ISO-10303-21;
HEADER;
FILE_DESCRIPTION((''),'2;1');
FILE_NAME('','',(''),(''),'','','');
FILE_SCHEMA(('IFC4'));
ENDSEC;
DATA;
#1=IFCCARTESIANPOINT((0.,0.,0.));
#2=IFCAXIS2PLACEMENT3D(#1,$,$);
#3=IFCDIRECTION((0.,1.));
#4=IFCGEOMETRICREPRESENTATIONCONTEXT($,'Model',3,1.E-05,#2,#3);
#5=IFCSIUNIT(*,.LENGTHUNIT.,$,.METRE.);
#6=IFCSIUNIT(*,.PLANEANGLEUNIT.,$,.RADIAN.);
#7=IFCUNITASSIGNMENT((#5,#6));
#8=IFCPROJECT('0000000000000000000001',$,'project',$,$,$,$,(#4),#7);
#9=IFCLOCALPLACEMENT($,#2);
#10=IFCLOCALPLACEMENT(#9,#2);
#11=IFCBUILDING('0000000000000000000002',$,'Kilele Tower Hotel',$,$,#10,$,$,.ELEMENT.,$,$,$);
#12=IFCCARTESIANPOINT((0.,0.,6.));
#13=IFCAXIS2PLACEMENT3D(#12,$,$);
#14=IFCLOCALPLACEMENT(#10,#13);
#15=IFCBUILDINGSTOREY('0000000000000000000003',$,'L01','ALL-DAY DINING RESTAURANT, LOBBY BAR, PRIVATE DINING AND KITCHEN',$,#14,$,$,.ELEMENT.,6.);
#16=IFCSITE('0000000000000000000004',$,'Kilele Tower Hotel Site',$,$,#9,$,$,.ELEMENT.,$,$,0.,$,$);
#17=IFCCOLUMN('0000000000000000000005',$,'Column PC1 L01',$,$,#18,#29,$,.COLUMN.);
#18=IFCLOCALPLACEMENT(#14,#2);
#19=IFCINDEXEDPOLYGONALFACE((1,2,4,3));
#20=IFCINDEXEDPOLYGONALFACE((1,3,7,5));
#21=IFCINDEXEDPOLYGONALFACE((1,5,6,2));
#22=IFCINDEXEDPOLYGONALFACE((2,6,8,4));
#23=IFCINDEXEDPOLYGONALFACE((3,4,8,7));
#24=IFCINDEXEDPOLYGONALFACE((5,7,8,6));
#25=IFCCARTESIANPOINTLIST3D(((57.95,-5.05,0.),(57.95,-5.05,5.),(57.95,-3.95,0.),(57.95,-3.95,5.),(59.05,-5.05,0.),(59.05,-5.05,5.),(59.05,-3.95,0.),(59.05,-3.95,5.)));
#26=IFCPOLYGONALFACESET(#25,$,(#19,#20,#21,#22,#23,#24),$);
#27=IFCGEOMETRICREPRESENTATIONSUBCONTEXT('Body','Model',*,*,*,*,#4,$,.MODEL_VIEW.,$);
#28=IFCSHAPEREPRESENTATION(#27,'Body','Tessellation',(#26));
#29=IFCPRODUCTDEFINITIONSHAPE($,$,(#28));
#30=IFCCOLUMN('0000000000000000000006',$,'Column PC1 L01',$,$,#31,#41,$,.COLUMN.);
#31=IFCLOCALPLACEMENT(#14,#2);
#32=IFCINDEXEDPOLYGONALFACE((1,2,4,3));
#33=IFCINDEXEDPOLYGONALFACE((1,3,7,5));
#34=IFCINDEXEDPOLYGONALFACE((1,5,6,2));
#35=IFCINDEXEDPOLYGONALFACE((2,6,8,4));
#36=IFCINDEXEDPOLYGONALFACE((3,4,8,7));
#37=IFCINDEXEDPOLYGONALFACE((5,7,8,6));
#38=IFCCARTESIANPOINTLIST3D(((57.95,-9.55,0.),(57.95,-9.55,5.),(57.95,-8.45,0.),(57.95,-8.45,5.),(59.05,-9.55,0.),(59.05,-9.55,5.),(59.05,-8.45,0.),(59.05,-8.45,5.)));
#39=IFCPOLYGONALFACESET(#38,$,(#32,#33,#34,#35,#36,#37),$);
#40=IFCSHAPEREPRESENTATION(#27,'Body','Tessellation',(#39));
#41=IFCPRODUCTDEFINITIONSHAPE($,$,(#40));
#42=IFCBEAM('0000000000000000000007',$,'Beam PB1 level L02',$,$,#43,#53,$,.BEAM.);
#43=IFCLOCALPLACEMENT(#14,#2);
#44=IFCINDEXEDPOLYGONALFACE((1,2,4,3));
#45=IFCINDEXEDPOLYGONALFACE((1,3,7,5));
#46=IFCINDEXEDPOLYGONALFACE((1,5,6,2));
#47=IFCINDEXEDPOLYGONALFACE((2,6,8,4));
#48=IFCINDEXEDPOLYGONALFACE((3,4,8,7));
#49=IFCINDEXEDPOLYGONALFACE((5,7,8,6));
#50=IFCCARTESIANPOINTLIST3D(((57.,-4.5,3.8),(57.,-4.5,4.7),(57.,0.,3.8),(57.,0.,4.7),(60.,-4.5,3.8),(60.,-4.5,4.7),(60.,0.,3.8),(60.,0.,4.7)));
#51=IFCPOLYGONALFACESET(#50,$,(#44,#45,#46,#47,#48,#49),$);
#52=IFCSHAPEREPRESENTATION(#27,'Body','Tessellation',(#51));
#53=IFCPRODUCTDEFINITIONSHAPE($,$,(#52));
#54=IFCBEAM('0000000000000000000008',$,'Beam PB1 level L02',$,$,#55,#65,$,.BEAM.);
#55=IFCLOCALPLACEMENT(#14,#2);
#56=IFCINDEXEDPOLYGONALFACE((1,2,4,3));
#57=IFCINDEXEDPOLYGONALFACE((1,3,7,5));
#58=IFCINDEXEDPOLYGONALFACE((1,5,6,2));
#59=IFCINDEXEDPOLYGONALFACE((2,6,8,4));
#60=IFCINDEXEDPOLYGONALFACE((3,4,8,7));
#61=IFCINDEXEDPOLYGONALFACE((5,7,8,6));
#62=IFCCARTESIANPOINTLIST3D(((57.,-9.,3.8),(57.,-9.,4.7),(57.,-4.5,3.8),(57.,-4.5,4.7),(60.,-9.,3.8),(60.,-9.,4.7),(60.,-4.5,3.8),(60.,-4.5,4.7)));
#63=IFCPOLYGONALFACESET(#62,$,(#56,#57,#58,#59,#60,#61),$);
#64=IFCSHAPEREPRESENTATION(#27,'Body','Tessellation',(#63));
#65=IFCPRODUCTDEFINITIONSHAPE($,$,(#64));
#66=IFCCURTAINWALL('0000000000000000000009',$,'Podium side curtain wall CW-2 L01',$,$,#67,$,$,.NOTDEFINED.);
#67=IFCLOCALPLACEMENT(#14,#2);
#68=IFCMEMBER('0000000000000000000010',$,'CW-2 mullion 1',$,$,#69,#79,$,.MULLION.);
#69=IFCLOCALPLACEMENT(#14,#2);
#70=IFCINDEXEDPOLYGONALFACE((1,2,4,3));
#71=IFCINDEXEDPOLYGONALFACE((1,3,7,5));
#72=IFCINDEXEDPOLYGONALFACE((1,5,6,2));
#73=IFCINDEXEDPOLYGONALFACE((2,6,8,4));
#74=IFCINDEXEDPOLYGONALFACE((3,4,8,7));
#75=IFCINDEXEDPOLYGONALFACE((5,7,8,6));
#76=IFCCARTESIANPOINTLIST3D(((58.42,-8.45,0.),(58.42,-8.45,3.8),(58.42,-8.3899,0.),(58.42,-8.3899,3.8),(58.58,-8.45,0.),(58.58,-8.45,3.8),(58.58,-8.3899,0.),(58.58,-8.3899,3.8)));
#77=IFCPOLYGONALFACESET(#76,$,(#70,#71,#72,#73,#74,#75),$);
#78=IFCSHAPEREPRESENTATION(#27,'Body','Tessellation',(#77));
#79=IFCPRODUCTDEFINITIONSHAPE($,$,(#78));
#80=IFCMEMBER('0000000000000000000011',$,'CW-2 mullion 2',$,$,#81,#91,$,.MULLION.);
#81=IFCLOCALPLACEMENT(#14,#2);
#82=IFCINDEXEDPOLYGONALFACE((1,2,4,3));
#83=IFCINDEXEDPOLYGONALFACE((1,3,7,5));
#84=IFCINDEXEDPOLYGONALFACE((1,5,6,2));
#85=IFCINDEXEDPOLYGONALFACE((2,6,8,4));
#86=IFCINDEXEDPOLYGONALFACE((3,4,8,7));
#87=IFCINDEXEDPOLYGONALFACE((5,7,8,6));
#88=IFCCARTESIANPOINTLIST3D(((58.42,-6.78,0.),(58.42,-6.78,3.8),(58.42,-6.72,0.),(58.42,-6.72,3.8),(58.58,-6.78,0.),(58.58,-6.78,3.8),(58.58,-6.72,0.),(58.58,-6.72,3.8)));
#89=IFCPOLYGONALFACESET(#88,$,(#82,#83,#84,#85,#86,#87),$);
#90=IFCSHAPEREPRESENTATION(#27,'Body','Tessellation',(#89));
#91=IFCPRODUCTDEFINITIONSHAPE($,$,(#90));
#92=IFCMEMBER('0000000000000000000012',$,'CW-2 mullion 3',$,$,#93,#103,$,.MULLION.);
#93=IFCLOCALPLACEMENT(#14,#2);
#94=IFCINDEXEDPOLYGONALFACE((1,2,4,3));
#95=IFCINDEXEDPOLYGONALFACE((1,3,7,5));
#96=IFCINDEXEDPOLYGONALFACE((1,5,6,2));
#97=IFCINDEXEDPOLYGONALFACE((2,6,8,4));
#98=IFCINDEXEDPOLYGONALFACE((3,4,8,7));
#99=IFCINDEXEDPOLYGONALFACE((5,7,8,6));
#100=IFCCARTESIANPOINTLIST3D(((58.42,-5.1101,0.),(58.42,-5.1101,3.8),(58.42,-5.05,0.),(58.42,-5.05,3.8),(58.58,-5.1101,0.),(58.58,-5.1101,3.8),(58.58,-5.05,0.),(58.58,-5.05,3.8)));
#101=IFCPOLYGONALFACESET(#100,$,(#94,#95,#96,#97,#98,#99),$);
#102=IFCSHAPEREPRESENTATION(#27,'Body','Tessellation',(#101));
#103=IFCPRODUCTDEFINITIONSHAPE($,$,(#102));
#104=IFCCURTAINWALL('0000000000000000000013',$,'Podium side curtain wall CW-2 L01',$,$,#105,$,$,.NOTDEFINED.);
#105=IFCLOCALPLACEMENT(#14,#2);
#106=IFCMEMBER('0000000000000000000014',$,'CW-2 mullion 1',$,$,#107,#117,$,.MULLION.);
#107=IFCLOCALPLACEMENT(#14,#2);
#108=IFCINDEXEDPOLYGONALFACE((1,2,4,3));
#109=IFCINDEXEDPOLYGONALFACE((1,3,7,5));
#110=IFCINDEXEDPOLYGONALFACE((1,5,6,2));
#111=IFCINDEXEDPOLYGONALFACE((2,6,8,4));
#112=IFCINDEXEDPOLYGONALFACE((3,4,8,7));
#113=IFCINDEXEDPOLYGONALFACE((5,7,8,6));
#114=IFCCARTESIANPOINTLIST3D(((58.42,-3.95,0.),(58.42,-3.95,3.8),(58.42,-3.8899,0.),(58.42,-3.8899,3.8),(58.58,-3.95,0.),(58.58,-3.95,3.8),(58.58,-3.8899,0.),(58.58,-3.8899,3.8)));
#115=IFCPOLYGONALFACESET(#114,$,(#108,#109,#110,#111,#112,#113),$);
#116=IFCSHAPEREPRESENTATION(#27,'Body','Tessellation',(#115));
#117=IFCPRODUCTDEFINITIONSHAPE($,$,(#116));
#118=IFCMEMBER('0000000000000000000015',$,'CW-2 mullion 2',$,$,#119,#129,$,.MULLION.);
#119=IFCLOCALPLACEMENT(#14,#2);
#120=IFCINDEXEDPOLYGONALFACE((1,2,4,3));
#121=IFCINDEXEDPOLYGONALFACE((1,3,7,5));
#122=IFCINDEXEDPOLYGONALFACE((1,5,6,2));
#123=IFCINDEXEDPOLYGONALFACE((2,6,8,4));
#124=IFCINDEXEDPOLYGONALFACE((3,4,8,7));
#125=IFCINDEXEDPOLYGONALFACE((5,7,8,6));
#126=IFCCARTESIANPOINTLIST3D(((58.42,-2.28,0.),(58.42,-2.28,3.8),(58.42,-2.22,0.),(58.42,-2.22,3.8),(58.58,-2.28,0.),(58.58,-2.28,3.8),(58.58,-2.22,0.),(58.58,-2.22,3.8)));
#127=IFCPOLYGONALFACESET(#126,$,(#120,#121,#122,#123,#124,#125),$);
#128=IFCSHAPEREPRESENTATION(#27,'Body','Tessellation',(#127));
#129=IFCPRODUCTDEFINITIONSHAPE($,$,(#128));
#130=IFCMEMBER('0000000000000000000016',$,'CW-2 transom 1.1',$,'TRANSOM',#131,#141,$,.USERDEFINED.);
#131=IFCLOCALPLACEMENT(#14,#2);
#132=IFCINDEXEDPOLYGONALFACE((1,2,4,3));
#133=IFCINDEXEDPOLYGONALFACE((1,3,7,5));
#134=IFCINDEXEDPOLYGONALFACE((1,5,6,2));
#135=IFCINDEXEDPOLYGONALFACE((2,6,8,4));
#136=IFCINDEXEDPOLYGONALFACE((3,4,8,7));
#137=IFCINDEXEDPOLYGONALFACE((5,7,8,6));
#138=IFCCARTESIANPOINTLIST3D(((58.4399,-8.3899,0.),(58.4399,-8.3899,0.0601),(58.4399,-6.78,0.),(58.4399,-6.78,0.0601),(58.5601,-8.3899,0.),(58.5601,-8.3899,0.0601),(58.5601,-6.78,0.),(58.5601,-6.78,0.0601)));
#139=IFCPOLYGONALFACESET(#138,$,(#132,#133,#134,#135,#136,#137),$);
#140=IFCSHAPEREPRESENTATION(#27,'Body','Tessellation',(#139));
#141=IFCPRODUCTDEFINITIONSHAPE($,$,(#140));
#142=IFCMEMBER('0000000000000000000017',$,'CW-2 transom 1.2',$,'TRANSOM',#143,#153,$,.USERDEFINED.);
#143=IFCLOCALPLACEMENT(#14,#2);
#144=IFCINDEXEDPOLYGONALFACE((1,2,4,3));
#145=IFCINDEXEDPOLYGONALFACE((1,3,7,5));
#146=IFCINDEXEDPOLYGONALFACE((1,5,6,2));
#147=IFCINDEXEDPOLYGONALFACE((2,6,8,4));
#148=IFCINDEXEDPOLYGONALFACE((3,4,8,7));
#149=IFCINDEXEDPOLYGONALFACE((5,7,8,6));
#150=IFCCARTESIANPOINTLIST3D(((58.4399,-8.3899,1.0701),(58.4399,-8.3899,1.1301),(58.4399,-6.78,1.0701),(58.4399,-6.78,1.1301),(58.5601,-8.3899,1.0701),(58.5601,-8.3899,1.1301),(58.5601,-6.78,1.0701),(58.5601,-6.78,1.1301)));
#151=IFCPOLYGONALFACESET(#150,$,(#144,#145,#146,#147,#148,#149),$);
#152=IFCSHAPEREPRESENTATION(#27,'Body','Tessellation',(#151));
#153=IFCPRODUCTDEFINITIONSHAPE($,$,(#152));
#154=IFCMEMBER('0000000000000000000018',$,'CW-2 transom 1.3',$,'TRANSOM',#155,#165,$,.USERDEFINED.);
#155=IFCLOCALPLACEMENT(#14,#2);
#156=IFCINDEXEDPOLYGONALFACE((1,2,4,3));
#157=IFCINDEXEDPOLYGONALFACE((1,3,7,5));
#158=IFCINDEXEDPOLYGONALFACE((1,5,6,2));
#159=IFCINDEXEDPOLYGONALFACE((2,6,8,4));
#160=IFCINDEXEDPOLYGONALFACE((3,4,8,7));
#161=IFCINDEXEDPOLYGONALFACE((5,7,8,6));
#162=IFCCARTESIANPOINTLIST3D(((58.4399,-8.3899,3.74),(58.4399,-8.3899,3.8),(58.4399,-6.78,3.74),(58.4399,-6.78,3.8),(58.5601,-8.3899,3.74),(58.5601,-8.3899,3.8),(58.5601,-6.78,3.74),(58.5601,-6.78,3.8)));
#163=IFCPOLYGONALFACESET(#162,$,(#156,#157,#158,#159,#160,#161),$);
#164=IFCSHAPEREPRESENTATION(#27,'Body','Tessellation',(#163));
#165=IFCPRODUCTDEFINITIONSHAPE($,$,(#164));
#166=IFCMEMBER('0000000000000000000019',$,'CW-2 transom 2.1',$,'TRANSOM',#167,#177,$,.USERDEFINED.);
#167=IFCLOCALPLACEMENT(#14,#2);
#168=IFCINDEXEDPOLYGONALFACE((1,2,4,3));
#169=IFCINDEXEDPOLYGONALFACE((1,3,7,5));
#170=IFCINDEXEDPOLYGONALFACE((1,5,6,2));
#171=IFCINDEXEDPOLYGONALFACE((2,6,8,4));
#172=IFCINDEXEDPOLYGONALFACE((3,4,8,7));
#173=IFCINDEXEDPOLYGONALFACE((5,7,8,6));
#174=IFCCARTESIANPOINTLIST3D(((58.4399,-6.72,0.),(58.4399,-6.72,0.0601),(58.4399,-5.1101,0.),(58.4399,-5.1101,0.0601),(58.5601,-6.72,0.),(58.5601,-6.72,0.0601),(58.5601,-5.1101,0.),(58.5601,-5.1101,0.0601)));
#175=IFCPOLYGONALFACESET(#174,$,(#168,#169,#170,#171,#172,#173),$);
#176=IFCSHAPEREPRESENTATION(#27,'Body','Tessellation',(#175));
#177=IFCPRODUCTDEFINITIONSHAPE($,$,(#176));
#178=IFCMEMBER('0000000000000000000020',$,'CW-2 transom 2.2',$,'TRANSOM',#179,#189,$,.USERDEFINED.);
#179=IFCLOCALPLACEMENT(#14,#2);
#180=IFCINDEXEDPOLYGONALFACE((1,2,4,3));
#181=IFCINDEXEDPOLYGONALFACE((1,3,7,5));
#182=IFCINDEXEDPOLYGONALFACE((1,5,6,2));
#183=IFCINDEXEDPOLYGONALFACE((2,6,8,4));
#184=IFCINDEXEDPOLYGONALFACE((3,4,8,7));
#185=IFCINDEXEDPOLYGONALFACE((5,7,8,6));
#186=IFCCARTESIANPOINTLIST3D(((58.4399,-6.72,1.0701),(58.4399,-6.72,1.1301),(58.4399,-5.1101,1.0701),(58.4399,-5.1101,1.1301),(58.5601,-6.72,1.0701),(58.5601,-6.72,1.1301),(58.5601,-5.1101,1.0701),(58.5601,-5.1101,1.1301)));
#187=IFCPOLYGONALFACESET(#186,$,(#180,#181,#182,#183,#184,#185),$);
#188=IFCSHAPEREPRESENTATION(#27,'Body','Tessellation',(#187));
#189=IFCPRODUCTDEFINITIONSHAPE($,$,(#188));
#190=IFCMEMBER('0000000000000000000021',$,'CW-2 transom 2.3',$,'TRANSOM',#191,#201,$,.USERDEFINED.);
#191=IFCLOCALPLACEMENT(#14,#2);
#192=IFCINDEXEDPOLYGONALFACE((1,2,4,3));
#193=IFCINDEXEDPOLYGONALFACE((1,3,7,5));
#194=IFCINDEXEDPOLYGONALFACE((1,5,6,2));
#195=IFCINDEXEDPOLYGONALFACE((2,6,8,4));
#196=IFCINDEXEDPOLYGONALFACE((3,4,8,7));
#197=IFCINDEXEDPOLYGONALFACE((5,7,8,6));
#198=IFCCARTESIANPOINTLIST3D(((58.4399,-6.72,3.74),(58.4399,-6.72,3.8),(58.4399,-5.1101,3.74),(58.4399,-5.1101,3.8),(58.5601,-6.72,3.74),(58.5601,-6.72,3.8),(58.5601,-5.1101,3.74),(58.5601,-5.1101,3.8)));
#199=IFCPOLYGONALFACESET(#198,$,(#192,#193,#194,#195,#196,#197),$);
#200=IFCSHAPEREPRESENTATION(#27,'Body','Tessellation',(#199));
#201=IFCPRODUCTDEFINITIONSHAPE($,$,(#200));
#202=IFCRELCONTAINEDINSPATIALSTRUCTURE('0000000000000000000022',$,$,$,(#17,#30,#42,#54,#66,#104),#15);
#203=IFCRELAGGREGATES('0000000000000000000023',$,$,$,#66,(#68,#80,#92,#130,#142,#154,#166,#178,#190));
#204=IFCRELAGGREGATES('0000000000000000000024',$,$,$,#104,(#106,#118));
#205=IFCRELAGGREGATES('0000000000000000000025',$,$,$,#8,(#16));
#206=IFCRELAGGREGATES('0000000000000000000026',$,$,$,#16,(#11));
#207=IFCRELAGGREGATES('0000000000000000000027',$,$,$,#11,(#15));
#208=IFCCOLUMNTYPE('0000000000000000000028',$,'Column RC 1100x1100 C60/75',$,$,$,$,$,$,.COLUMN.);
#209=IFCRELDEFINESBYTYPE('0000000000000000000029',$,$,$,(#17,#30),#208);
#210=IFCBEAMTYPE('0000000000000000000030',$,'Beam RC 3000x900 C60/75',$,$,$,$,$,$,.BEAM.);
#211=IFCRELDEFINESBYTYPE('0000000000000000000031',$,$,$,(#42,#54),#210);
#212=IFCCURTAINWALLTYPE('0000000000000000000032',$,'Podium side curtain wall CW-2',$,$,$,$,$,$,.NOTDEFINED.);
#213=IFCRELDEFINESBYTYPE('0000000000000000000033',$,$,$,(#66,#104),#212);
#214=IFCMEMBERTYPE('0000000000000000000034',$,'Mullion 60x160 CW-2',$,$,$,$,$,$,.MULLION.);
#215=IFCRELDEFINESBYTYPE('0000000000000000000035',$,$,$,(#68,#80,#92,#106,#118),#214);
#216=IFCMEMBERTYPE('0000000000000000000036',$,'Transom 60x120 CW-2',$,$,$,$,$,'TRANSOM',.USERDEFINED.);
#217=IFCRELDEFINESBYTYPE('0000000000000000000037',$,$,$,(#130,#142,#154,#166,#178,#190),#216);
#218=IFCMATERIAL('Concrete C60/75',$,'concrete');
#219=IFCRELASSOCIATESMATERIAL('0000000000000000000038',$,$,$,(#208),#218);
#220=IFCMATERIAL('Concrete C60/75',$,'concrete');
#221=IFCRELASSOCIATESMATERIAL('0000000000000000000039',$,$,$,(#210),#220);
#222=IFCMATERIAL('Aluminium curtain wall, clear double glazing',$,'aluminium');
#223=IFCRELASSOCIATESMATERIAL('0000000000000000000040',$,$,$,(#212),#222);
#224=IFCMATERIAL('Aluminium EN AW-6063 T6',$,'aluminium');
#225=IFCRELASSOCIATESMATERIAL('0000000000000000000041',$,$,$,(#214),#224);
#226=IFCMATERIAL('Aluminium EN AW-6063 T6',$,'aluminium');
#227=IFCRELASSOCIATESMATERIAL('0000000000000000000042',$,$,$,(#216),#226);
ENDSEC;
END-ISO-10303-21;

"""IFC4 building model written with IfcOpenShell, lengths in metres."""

from ifc_helpers import new_model, si_unit, direction, frame, origin, origin_2d, place, context, subcontext, project, spatial, rectangle, extrude, material, material_profile, profile_set, type_object, element, aggregate, save


model = new_model("IFC4")

# Units and contexts
model_context = context("Model", 3, precision=1e-05, world=origin(), true_north=direction((0.0, 1.0)))
body_context = subcontext(model_context, "Body", "Model", "MODEL_VIEW")
ifc_project = project(units=[si_unit("LENGTHUNIT", "METRE"), si_unit("PLANEANGLEUNIT", "RADIAN")], contexts=[model_context])

# Site, building, storey
site_placement = place(None, origin())
site = spatial("IfcSite", under=ifc_project, at=site_placement, Name="Kilele Tower Hotel Site", CompositionType="ELEMENT", RefElevation=0.0)
building_placement = place(site_placement, origin())
building = spatial("IfcBuilding", under=site, at=building_placement, Name="Kilele Tower Hotel", CompositionType="ELEMENT")
storey_placement = place(building_placement, frame((0.0, 0.0, 6.0)))
storey = spatial("IfcBuildingStorey", under=building, at=storey_placement, Name="L01", Description="ALL-DAY DINING RESTAURANT, LOBBY BAR, PRIVATE DINING AND KITCHEN", CompositionType="ELEMENT", Elevation=6.0)

# Columns
ifc_material_1 = material(Name="Concrete C60/75", Category="concrete")
ifc_material_profile_1 = material_profile(ifc_material_1, rectangle(XDim=1.1001, YDim=1.1001, at=origin_2d()))
ifc_profile_set_1 = profile_set([ifc_material_profile_1], Name="Concrete C60/75")
column_type = type_object("IfcColumnType", Name="Column RC 1100x1100 C60/75", PredefinedType="COLUMN", material=ifc_profile_set_1)
for number, where, z_axis, x_axis, name in (
    (1, (58.5, -4.5, 0.0), (0.0, 0.0, 1.0), (1.0, 0.0, 0.0), "Column PC1 L01"),
    (2, (58.5, -9.0, 0.0), (0.0, 0.0, 1.0), (1.0, 0.0, 0.0), "Column PC1 L01"),
):
    element("IfcColumn", number, at=place(storey_placement, frame(where, z_axis=z_axis, x_axis=x_axis)), inside=storey, type_object=column_type, Name=name, PredefinedType="COLUMN", context=body_context, shape_type="SweptSolid", body=[
        extrude(rectangle(XDim=1.1001, YDim=1.1001, at=origin_2d()), origin(), (0.0, 0.0, 1.0), 5.0),
    ])

# Beams
ifc_material_2 = material(Name="Concrete C60/75", Category="concrete")
ifc_material_profile_2 = material_profile(ifc_material_2, rectangle(XDim=3.0, YDim=0.8999, at=origin_2d()))
ifc_profile_set_2 = profile_set([ifc_material_profile_2], Name="Concrete C60/75")
beam_type = type_object("IfcBeamType", Name="Beam RC 3000x900 C60/75", PredefinedType="BEAM", material=ifc_profile_set_2)
for number, where, z_axis, x_axis, name in (
    (3, (58.5, -4.5, 4.25), (0.0, 1.0, 0.0), (-1.0, 0.0, 0.0), "Beam PB1 level L02"),
    (4, (58.5, -9.0, 4.25), (0.0, 1.0, 0.0), (-1.0, 0.0, 0.0), "Beam PB1 level L02"),
):
    element("IfcBeam", number, at=place(storey_placement, frame(where, z_axis=z_axis, x_axis=x_axis)), inside=storey, type_object=beam_type, Name=name, PredefinedType="BEAM", context=body_context, shape_type="SweptSolid", body=[
        extrude(rectangle(XDim=3.0, YDim=0.8999, at=origin_2d()), origin(), (0.0, 0.0, 1.0), 4.5),
    ])

# Curtain walls, members
ifc_material_3 = material(Name="Aluminium curtain wall, clear double glazing", Category="aluminium")
curtain_wall_type = type_object("IfcCurtainWallType", Name="Podium side curtain wall CW-2", PredefinedType="NOTDEFINED", material=ifc_material_3)
curtain_wall_1_placement = place(storey_placement, origin())
curtain_wall_1 = element("IfcCurtainWall", 5, at=curtain_wall_1_placement, inside=storey, type_object=curtain_wall_type, Name="Podium side curtain wall CW-2 L01", PredefinedType="NOTDEFINED")
ifc_material_4 = material(Name="Aluminium EN AW-6063 T6", Category="aluminium")
ifc_material_profile_3 = material_profile(ifc_material_4, rectangle(XDim=0.1599, YDim=0.0601, at=origin_2d()))
ifc_profile_set_3 = profile_set([ifc_material_profile_3], Name="Aluminium EN AW-6063 T6")
member_type_1 = type_object("IfcMemberType", Name="Mullion 60x160 CW-2", PredefinedType="MULLION", material=ifc_profile_set_3)
member_1_placement = place(storey_placement, frame((58.5, -8.4199, 0.0), z_axis=(0.0, 0.0, 1.0), x_axis=(-1.0, 0.0, 0.0)))
member_1 = element("IfcMember", 6, at=member_1_placement, type_object=member_type_1, Name="CW-2 mullion 1", PredefinedType="MULLION", context=body_context, shape_type="SweptSolid", body=[
    extrude(rectangle(XDim=0.1599, YDim=0.0601, at=origin_2d()), origin(), (0.0, 0.0, 1.0), 3.8),
])
member_2_placement = place(storey_placement, frame((58.5, -6.75, 0.0), z_axis=(0.0, 0.0, 1.0), x_axis=(-1.0, 0.0, 0.0)))
member_2 = element("IfcMember", 7, at=member_2_placement, type_object=member_type_1, Name="CW-2 mullion 2", PredefinedType="MULLION", context=body_context, shape_type="SweptSolid", body=[
    extrude(rectangle(XDim=0.1599, YDim=0.0601, at=origin_2d()), origin(), (0.0, 0.0, 1.0), 3.8),
])
member_3_placement = place(storey_placement, frame((58.5, -5.0801, 0.0), z_axis=(0.0, 0.0, 1.0), x_axis=(-1.0, 0.0, 0.0)))
member_3 = element("IfcMember", 8, at=member_3_placement, type_object=member_type_1, Name="CW-2 mullion 3", PredefinedType="MULLION", context=body_context, shape_type="SweptSolid", body=[
    extrude(rectangle(XDim=0.1599, YDim=0.0601, at=origin_2d()), origin(), (0.0, 0.0, 1.0), 3.8),
])
curtain_wall_2_placement = place(storey_placement, origin())
curtain_wall_2 = element("IfcCurtainWall", 9, at=curtain_wall_2_placement, inside=storey, type_object=curtain_wall_type, Name="Podium side curtain wall CW-2 L01", PredefinedType="NOTDEFINED")
member_4_placement = place(storey_placement, frame((58.5, -3.9199, 0.0), z_axis=(0.0, 0.0, 1.0), x_axis=(-1.0, 0.0, 0.0)))
member_4 = element("IfcMember", 10, at=member_4_placement, type_object=member_type_1, Name="CW-2 mullion 1", PredefinedType="MULLION", context=body_context, shape_type="SweptSolid", body=[
    extrude(rectangle(XDim=0.1599, YDim=0.0601, at=origin_2d()), origin(), (0.0, 0.0, 1.0), 3.8),
])
member_5_placement = place(storey_placement, frame((58.5, -2.25, 0.0), z_axis=(0.0, 0.0, 1.0), x_axis=(-1.0, 0.0, 0.0)))
member_5 = element("IfcMember", 11, at=member_5_placement, type_object=member_type_1, Name="CW-2 mullion 2", PredefinedType="MULLION", context=body_context, shape_type="SweptSolid", body=[
    extrude(rectangle(XDim=0.1599, YDim=0.0601, at=origin_2d()), origin(), (0.0, 0.0, 1.0), 3.8),
])

# Members
ifc_material_5 = material(Name="Aluminium EN AW-6063 T6", Category="aluminium")
ifc_material_profile_4 = material_profile(ifc_material_5, rectangle(XDim=0.1201, YDim=0.0601, at=origin_2d()))
ifc_profile_set_4 = profile_set([ifc_material_profile_4], Name="Aluminium EN AW-6063 T6")
member_type_2 = type_object("IfcMemberType", Name="Transom 60x120 CW-2", ElementType="TRANSOM", PredefinedType="USERDEFINED", material=ifc_profile_set_4)
member_6_placement = place(storey_placement, frame((58.5, -8.3899, 0.03), z_axis=(0.0, 1.0, 0.0), x_axis=(-1.0, 0.0, 0.0)))
member_6 = element("IfcMember", 12, at=member_6_placement, type_object=member_type_2, Name="CW-2 transom 1.1", ObjectType="TRANSOM", PredefinedType="USERDEFINED", context=body_context, shape_type="SweptSolid", body=[
    extrude(rectangle(XDim=0.1201, YDim=0.0601, at=origin_2d()), origin(), (0.0, 0.0, 1.0), 1.6099),
])
member_7_placement = place(storey_placement, frame((58.5, -8.3899, 1.1001), z_axis=(0.0, 1.0, 0.0), x_axis=(-1.0, 0.0, 0.0)))
member_7 = element("IfcMember", 13, at=member_7_placement, type_object=member_type_2, Name="CW-2 transom 1.2", ObjectType="TRANSOM", PredefinedType="USERDEFINED", context=body_context, shape_type="SweptSolid", body=[
    extrude(rectangle(XDim=0.1201, YDim=0.0601, at=origin_2d()), origin(), (0.0, 0.0, 1.0), 1.6099),
])
member_8_placement = place(storey_placement, frame((58.5, -8.3899, 3.77), z_axis=(0.0, 1.0, 0.0), x_axis=(-1.0, 0.0, 0.0)))
member_8 = element("IfcMember", 14, at=member_8_placement, type_object=member_type_2, Name="CW-2 transom 1.3", ObjectType="TRANSOM", PredefinedType="USERDEFINED", context=body_context, shape_type="SweptSolid", body=[
    extrude(rectangle(XDim=0.1201, YDim=0.0601, at=origin_2d()), origin(), (0.0, 0.0, 1.0), 1.6099),
])
member_9_placement = place(storey_placement, frame((58.5, -6.72, 0.03), z_axis=(0.0, 1.0, 0.0), x_axis=(-1.0, 0.0, 0.0)))
member_9 = element("IfcMember", 15, at=member_9_placement, type_object=member_type_2, Name="CW-2 transom 2.1", ObjectType="TRANSOM", PredefinedType="USERDEFINED", context=body_context, shape_type="SweptSolid", body=[
    extrude(rectangle(XDim=0.1201, YDim=0.0601, at=origin_2d()), origin(), (0.0, 0.0, 1.0), 1.6099),
])
member_10_placement = place(storey_placement, frame((58.5, -6.72, 1.1001), z_axis=(0.0, 1.0, 0.0), x_axis=(-1.0, 0.0, 0.0)))
member_10 = element("IfcMember", 16, at=member_10_placement, type_object=member_type_2, Name="CW-2 transom 2.2", ObjectType="TRANSOM", PredefinedType="USERDEFINED", context=body_context, shape_type="SweptSolid", body=[
    extrude(rectangle(XDim=0.1201, YDim=0.0601, at=origin_2d()), origin(), (0.0, 0.0, 1.0), 1.6099),
])
member_11_placement = place(storey_placement, frame((58.5, -6.72, 3.77), z_axis=(0.0, 1.0, 0.0), x_axis=(-1.0, 0.0, 0.0)))
member_11 = element("IfcMember", 17, at=member_11_placement, type_object=member_type_2, Name="CW-2 transom 2.3", ObjectType="TRANSOM", PredefinedType="USERDEFINED", context=body_context, shape_type="SweptSolid", body=[
    extrude(rectangle(XDim=0.1201, YDim=0.0601, at=origin_2d()), origin(), (0.0, 0.0, 1.0), 1.6099),
])

aggregate(curtain_wall_1, [member_1, member_2, member_3, member_6, member_7, member_8, member_9, member_10, member_11])
aggregate(curtain_wall_2, [member_4, member_5])

save(model, "model.ifc")
